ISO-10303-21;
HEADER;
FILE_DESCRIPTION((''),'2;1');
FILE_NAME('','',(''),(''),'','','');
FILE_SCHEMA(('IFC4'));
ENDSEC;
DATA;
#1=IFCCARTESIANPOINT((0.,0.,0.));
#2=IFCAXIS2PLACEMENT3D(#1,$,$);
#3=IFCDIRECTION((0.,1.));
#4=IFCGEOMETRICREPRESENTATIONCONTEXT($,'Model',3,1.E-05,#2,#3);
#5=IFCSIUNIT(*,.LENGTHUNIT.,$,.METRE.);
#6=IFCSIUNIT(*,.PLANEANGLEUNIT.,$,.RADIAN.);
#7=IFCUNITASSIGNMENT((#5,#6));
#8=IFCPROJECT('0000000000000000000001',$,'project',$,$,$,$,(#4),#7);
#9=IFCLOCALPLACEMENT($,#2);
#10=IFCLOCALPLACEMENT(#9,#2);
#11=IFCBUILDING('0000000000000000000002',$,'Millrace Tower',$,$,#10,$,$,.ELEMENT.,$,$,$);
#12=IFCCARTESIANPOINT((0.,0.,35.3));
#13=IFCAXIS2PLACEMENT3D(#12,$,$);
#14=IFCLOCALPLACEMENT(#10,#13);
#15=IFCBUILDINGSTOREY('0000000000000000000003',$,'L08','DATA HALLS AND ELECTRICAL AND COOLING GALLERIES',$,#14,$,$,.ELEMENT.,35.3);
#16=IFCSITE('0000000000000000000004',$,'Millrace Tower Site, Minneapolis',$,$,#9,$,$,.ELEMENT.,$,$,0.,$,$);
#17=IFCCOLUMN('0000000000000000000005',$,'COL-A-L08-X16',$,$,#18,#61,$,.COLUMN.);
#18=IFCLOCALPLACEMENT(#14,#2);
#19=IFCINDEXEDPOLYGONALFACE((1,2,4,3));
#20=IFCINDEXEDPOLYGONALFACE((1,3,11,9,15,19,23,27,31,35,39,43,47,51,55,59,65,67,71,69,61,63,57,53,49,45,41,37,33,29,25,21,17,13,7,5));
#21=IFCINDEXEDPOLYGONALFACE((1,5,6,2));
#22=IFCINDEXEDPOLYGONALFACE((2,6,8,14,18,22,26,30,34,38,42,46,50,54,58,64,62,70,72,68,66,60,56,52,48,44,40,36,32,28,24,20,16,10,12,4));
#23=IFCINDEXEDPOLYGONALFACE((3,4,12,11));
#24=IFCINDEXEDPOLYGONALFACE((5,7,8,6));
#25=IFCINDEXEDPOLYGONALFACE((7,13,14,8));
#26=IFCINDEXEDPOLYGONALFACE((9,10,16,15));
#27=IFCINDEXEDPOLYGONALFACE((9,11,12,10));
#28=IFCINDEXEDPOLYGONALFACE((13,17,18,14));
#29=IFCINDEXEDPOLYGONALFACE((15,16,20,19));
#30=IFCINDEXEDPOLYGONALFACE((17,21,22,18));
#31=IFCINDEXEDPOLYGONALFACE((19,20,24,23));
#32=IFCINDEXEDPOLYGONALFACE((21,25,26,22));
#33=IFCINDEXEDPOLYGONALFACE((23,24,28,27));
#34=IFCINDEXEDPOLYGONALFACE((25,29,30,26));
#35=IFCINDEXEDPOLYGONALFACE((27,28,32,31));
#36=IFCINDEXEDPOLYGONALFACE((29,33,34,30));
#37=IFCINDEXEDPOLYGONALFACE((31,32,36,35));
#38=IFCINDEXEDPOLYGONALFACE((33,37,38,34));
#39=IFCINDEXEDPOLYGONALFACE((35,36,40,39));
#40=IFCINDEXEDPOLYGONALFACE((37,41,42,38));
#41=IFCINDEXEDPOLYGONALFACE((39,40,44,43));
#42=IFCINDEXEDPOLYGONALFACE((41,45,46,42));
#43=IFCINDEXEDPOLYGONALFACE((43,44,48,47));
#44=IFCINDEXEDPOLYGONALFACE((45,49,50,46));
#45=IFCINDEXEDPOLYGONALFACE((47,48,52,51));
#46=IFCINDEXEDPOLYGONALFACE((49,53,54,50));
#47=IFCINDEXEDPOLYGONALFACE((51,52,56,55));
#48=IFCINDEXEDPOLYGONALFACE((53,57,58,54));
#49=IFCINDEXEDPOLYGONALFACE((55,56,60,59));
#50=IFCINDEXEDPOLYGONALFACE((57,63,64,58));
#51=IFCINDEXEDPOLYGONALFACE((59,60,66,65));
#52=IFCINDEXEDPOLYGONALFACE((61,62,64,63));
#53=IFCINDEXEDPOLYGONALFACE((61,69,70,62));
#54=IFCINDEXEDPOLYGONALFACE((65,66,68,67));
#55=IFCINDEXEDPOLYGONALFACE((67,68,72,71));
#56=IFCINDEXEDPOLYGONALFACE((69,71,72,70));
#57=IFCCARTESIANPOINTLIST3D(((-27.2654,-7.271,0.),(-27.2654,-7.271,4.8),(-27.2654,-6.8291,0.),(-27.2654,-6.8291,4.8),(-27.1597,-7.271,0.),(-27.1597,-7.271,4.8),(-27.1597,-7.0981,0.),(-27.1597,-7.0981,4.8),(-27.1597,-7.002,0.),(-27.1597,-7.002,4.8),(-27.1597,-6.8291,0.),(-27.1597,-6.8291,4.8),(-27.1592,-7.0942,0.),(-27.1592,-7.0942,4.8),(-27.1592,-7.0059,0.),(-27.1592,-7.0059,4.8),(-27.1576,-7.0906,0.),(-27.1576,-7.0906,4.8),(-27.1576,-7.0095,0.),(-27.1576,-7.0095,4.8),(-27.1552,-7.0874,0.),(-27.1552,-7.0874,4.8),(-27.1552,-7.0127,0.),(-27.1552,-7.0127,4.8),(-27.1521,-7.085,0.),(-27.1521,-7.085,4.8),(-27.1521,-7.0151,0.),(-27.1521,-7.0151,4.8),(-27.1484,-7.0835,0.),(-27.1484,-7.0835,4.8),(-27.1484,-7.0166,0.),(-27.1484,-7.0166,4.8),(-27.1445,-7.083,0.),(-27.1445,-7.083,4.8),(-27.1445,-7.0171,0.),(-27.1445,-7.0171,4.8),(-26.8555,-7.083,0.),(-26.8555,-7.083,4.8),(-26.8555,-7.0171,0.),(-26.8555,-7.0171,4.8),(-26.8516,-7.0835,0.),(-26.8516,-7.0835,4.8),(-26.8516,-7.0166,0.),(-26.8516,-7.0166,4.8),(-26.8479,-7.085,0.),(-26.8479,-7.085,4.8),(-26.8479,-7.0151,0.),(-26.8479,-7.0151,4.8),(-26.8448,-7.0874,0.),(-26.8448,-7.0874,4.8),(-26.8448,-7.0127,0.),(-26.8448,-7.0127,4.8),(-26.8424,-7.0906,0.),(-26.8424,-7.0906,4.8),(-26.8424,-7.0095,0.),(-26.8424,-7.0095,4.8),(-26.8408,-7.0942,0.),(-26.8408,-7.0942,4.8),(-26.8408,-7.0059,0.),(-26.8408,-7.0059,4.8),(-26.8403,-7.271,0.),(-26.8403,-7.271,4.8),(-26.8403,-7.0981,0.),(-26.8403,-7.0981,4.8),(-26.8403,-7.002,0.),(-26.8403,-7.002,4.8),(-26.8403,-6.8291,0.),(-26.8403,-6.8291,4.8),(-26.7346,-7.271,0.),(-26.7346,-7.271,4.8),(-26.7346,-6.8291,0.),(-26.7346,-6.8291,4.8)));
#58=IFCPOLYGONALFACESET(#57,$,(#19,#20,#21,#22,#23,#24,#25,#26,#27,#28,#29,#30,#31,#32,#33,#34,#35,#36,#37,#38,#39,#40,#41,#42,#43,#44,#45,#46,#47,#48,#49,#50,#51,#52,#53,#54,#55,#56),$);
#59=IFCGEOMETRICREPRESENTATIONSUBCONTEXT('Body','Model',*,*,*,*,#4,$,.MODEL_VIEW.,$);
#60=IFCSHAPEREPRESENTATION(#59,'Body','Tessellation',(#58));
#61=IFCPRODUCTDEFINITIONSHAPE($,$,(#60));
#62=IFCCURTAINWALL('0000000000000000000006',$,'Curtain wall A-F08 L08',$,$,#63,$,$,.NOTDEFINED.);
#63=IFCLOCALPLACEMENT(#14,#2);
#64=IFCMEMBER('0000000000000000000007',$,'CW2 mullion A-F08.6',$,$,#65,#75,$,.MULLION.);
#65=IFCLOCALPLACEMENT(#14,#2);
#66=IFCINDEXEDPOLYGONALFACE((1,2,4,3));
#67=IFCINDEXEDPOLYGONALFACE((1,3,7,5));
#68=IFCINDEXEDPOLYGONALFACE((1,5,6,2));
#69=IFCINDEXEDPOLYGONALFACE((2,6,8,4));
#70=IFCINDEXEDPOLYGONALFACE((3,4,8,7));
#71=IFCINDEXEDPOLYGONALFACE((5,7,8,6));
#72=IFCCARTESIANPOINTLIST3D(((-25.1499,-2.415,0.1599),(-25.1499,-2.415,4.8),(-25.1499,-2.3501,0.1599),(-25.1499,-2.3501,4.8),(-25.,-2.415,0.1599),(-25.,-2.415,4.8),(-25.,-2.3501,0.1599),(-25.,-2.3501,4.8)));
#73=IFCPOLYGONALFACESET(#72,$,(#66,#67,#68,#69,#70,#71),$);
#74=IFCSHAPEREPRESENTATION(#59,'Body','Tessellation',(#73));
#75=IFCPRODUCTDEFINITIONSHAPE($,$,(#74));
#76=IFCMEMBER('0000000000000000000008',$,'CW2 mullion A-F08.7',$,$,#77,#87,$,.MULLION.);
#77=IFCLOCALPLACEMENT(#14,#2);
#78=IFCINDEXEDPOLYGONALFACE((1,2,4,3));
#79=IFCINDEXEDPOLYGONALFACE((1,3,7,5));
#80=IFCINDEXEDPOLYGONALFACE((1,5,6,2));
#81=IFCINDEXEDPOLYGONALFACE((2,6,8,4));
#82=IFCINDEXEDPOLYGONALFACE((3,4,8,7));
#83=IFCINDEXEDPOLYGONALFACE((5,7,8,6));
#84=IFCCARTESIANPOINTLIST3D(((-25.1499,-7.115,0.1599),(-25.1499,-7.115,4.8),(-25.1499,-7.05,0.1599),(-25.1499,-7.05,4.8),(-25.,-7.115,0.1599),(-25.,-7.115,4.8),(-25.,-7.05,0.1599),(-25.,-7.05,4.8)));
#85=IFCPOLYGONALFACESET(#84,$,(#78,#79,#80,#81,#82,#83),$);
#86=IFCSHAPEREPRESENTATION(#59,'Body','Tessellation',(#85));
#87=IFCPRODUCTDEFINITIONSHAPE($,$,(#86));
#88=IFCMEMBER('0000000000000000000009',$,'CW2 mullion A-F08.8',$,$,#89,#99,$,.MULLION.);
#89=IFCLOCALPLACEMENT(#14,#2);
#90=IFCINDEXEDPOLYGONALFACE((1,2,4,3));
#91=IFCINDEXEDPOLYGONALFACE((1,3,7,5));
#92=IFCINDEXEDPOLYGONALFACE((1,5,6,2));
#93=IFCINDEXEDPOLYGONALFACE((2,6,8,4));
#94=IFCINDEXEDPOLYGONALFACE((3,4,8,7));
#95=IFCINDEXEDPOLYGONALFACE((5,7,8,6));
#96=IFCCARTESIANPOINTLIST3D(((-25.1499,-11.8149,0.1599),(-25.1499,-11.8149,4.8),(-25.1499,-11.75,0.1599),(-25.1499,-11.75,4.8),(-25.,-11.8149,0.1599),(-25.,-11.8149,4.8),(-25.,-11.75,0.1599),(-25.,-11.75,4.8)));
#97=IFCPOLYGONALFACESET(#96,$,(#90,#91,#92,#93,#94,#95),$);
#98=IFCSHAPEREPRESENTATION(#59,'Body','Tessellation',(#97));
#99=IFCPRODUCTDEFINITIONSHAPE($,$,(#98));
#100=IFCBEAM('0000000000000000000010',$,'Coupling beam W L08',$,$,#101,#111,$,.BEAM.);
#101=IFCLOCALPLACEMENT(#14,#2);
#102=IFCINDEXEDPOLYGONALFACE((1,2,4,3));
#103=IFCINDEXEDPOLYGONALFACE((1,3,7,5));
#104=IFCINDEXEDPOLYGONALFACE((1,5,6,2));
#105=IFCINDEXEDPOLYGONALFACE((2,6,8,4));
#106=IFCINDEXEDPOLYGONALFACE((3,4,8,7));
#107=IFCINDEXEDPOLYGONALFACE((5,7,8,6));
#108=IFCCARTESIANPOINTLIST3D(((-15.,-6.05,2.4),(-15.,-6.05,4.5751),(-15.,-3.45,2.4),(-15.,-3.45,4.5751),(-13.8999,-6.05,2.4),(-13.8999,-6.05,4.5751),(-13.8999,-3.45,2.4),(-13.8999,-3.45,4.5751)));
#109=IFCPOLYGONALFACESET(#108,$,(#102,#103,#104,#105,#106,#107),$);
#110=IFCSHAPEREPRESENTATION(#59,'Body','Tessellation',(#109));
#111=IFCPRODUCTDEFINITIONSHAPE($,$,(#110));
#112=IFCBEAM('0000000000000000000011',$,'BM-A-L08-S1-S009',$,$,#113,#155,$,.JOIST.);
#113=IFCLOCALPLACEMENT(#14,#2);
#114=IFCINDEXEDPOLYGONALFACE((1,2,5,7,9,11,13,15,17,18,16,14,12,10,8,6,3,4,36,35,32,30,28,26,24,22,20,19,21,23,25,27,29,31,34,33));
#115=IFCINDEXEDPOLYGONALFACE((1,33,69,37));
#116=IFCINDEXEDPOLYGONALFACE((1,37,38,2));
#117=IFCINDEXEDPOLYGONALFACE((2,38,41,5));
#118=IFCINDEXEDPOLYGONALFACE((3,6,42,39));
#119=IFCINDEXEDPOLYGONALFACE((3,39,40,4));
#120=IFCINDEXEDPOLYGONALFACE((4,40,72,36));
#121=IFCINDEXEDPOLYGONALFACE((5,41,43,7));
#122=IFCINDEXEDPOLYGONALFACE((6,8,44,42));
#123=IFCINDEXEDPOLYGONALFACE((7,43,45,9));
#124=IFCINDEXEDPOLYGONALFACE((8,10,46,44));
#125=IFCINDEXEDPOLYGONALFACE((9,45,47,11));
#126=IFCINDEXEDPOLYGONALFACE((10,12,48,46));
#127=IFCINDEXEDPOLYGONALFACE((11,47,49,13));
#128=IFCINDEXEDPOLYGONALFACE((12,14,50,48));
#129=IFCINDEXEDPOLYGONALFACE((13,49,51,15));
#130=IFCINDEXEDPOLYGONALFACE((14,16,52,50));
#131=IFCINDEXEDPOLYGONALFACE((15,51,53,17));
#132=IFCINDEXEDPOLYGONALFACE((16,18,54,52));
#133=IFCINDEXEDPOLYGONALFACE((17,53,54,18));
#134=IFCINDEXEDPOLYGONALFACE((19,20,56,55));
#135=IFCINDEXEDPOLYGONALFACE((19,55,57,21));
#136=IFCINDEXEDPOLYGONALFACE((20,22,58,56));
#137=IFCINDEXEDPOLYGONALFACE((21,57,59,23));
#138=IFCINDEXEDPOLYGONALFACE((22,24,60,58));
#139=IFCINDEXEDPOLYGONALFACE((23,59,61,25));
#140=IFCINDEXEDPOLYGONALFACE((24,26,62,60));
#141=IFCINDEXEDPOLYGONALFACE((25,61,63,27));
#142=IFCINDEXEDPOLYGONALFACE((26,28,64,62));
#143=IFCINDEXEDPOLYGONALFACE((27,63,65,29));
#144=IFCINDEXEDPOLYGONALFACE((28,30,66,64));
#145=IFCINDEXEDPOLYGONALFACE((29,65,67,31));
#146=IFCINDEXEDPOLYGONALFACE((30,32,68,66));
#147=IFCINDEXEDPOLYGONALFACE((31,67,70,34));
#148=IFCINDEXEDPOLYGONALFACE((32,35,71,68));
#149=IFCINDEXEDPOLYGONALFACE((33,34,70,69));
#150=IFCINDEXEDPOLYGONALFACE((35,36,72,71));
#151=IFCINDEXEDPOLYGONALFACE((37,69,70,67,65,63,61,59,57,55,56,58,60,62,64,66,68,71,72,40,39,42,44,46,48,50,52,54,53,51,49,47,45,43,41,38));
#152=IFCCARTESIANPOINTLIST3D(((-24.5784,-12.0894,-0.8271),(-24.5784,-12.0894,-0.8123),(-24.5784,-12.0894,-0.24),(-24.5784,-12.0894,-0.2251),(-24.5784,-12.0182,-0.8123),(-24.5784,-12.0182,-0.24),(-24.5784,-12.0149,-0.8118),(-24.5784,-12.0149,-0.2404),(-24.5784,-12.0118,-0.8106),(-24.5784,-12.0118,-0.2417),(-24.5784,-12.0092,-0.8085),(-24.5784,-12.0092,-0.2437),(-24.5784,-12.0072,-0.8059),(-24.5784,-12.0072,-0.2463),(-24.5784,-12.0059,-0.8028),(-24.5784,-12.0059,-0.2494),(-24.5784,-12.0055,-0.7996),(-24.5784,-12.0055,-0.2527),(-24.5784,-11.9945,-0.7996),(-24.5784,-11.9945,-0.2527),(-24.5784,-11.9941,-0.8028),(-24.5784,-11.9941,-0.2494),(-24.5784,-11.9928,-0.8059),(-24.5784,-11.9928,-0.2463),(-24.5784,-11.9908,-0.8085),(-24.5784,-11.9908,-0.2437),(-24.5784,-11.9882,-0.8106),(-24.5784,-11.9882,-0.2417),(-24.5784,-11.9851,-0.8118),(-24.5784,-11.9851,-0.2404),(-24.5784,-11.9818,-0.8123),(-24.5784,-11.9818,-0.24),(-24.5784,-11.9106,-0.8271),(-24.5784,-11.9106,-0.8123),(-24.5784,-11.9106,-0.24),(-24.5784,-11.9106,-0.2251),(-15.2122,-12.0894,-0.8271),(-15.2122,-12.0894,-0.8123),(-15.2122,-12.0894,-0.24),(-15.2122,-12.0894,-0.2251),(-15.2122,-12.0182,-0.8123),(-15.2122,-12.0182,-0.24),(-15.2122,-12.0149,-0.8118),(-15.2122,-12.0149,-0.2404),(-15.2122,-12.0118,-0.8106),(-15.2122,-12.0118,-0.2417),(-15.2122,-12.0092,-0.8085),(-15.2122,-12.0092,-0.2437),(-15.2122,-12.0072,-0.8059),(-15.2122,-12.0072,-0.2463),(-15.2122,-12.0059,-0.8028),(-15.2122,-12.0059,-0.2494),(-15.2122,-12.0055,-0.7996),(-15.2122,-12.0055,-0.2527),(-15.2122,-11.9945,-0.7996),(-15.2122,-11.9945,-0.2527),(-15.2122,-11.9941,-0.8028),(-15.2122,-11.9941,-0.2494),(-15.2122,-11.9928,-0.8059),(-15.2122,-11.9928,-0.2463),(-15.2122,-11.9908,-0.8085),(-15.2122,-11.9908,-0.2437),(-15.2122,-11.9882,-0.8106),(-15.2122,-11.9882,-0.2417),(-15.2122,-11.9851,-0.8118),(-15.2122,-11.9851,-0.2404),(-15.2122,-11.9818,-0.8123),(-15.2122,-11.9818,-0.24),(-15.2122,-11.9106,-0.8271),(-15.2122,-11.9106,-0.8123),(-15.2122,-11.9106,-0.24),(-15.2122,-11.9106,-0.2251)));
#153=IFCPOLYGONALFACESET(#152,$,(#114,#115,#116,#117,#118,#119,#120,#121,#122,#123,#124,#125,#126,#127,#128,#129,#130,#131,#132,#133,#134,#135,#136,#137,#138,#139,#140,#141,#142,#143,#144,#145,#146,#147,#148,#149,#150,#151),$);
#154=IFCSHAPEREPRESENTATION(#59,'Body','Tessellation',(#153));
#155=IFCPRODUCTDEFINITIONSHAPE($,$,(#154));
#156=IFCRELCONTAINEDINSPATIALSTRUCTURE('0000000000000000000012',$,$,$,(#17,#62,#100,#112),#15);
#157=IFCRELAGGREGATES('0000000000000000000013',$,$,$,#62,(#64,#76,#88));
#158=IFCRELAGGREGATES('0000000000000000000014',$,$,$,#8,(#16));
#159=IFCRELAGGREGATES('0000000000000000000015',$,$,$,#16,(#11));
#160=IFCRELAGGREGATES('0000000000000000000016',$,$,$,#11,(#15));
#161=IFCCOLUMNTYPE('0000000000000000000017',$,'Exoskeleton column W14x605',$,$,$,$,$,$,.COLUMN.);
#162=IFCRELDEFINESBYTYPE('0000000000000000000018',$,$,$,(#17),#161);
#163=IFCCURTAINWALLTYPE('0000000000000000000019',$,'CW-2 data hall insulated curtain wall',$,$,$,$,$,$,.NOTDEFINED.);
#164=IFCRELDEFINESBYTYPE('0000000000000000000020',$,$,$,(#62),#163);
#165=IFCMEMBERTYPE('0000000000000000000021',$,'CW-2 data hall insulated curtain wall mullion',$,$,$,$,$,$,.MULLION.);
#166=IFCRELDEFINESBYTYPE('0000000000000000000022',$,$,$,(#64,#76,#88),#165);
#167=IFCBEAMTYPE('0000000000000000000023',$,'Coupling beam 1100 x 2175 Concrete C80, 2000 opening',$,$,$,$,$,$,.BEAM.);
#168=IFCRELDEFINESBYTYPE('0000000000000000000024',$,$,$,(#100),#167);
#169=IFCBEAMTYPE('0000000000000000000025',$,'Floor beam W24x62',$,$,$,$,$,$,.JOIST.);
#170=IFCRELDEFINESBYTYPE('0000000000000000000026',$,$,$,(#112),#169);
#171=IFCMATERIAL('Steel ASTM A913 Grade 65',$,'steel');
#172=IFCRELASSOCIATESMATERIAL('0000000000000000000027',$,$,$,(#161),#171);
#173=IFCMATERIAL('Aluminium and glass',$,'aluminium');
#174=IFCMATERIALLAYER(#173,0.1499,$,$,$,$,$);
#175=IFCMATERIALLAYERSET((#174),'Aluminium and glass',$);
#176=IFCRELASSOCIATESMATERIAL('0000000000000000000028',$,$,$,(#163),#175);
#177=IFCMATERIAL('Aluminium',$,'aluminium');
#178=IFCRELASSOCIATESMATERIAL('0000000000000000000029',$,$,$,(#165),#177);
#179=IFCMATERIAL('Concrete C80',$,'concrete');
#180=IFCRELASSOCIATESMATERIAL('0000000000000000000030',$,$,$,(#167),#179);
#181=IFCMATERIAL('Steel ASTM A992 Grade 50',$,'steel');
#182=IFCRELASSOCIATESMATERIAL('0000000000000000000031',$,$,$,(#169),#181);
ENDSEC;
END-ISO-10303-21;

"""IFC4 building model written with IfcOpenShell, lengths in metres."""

from ifc_helpers import new_model, si_unit, direction, frame, origin, origin_2d, place, context, subcontext, project, spatial, rectangle, i_section, extrude, material, layer, layer_set, material_profile, profile_set, type_object, element, aggregate, save


model = new_model("IFC4")

# Units and contexts
model_context = context("Model", 3, precision=1e-05, world=origin(), true_north=direction((0.0, 1.0)))
body_context = subcontext(model_context, "Body", "Model", "MODEL_VIEW")
ifc_project = project(units=[si_unit("LENGTHUNIT", "METRE"), si_unit("PLANEANGLEUNIT", "RADIAN")], contexts=[model_context])

# Site, building, storey
site_placement = place(None, origin())
site = spatial("IfcSite", under=ifc_project, at=site_placement, Name="Millrace Tower Site, Minneapolis", CompositionType="ELEMENT", RefElevation=0.0)
building_placement = place(site_placement, origin())
building = spatial("IfcBuilding", under=site, at=building_placement, Name="Millrace Tower", CompositionType="ELEMENT")
storey_placement = place(building_placement, frame((0.0, 0.0, 35.3)))
storey = spatial("IfcBuildingStorey", under=building, at=storey_placement, Name="L08", Description="DATA HALLS AND ELECTRICAL AND COOLING GALLERIES", CompositionType="ELEMENT", Elevation=35.3)

# Column
ifc_material_1 = material(Name="Steel ASTM A913 Grade 65", Category="steel")
ifc_material_profile_1 = material_profile(ifc_material_1, i_section(OverallWidth=0.4419, OverallDepth=0.5308, WebThickness=0.0659, FlangeThickness=0.1057, FilletRadius=0.0151, at=origin_2d()))
ifc_profile_set_1 = profile_set([ifc_material_profile_1], Name="Steel ASTM A913 Grade 65")
column_type = type_object("IfcColumnType", Name="Exoskeleton column W14x605", PredefinedType="COLUMN", material=ifc_profile_set_1)
column_placement = place(storey_placement, frame((-27.0, -7.05, 0.0), z_axis=(0.0, 0.0, 1.0), x_axis=(0.0, -1.0, 0.0)))
element("IfcColumn", 1, at=column_placement, inside=storey, type_object=column_type, Name="COL-A-L08-X16", PredefinedType="COLUMN", context=body_context, shape_type="SweptSolid", body=[
    extrude(i_section(OverallWidth=0.4419, OverallDepth=0.5308, WebThickness=0.0659, FlangeThickness=0.1057, FilletRadius=0.0151, at=origin_2d()), origin(), (0.0, 0.0, 1.0), 4.8),
])

# Curtain wall, members
ifc_material_2 = material(Name="Aluminium and glass", Category="aluminium")
ifc_layer_1 = layer(ifc_material_2, 0.1499)
ifc_layer_set_1 = layer_set([ifc_layer_1], Name="Aluminium and glass")
curtain_wall_type = type_object("IfcCurtainWallType", Name="CW-2 data hall insulated curtain wall", PredefinedType="NOTDEFINED", material=ifc_layer_set_1)
curtain_wall_placement = place(storey_placement, origin())
curtain_wall = element("IfcCurtainWall", 2, at=curtain_wall_placement, inside=storey, type_object=curtain_wall_type, Name="Curtain wall A-F08 L08", PredefinedType="NOTDEFINED")
ifc_material_3 = material(Name="Aluminium", Category="aluminium")
ifc_material_profile_2 = material_profile(ifc_material_3, rectangle(XDim=0.0649, YDim=0.1499, at=origin_2d()))
ifc_profile_set_2 = profile_set([ifc_material_profile_2], Name="Aluminium")
member_type = type_object("IfcMemberType", Name="CW-2 data hall insulated curtain wall mullion", PredefinedType="MULLION", material=ifc_profile_set_2)
member_1_placement = place(storey_placement, frame((-25.075, -2.3826, 0.1599), z_axis=(0.0, 0.0, 1.0), x_axis=(0.0, -1.0, 0.0)))
member_1 = element("IfcMember", 3, at=member_1_placement, type_object=member_type, Name="CW2 mullion A-F08.6", PredefinedType="MULLION", context=body_context, shape_type="SweptSolid", body=[
    extrude(rectangle(XDim=0.0649, YDim=0.1499, at=origin_2d()), origin(), (0.0, 0.0, 1.0), 4.6401),
])
member_2_placement = place(storey_placement, frame((-25.075, -7.0825, 0.1599), z_axis=(0.0, 0.0, 1.0), x_axis=(0.0, -1.0, 0.0)))
member_2 = element("IfcMember", 4, at=member_2_placement, type_object=member_type, Name="CW2 mullion A-F08.7", PredefinedType="MULLION", context=body_context, shape_type="SweptSolid", body=[
    extrude(rectangle(XDim=0.0649, YDim=0.1499, at=origin_2d()), origin(), (0.0, 0.0, 1.0), 4.6401),
])
member_3_placement = place(storey_placement, frame((-25.075, -11.7825, 0.1599), z_axis=(0.0, 0.0, 1.0), x_axis=(0.0, -1.0, 0.0)))
member_3 = element("IfcMember", 5, at=member_3_placement, type_object=member_type, Name="CW2 mullion A-F08.8", PredefinedType="MULLION", context=body_context, shape_type="SweptSolid", body=[
    extrude(rectangle(XDim=0.0649, YDim=0.1499, at=origin_2d()), origin(), (0.0, 0.0, 1.0), 4.6401),
])
aggregate(curtain_wall, [member_1, member_2, member_3])

# Beams
ifc_material_4 = material(Name="Concrete C80", Category="concrete")
ifc_material_profile_3 = material_profile(ifc_material_4, rectangle(XDim=1.1001, YDim=2.175, at=origin_2d()))
ifc_profile_set_3 = profile_set([ifc_material_profile_3], Name="Concrete C80")
beam_type_1 = type_object("IfcBeamType", Name="Coupling beam 1100 x 2175 Concrete C80, 2000 opening", PredefinedType="BEAM", material=ifc_profile_set_3)
beam_1_placement = place(storey_placement, frame((-14.45, -6.05, 3.4875), z_axis=(0.0, 1.0, 0.0), x_axis=(-1.0, 0.0, 0.0)))
element("IfcBeam", 6, at=beam_1_placement, inside=storey, type_object=beam_type_1, Name="Coupling beam W L08", PredefinedType="BEAM", context=body_context, shape_type="SweptSolid", body=[
    extrude(rectangle(XDim=1.1001, YDim=2.175, at=origin_2d()), origin(), (0.0, 0.0, 1.0), 2.6001),
])
ifc_material_5 = material(Name="Steel ASTM A992 Grade 50", Category="steel")
ifc_material_profile_4 = material_profile(ifc_material_5, i_section(OverallWidth=0.1787, OverallDepth=0.6021, WebThickness=0.011, FlangeThickness=0.0149, FilletRadius=0.0127, at=origin_2d()))
ifc_profile_set_4 = profile_set([ifc_material_profile_4], Name="Steel ASTM A992 Grade 50")
beam_type_2 = type_object("IfcBeamType", Name="Floor beam W24x62", PredefinedType="JOIST", material=ifc_profile_set_4)
beam_2_placement = place(storey_placement, frame((-24.5784, -12.0, -0.5261), z_axis=(1.0, 0.0, 0.0), x_axis=(0.0, 1.0, 0.0)))
element("IfcBeam", 7, at=beam_2_placement, inside=storey, type_object=beam_type_2, Name="BM-A-L08-S1-S009", PredefinedType="JOIST", context=body_context, shape_type="SweptSolid", body=[
    extrude(i_section(OverallWidth=0.1787, OverallDepth=0.6021, WebThickness=0.011, FlangeThickness=0.0149, FilletRadius=0.0127, at=origin_2d()), origin(), (0.0, 0.0, 1.0), 9.3662),
])

save(model, "model.ifc")
